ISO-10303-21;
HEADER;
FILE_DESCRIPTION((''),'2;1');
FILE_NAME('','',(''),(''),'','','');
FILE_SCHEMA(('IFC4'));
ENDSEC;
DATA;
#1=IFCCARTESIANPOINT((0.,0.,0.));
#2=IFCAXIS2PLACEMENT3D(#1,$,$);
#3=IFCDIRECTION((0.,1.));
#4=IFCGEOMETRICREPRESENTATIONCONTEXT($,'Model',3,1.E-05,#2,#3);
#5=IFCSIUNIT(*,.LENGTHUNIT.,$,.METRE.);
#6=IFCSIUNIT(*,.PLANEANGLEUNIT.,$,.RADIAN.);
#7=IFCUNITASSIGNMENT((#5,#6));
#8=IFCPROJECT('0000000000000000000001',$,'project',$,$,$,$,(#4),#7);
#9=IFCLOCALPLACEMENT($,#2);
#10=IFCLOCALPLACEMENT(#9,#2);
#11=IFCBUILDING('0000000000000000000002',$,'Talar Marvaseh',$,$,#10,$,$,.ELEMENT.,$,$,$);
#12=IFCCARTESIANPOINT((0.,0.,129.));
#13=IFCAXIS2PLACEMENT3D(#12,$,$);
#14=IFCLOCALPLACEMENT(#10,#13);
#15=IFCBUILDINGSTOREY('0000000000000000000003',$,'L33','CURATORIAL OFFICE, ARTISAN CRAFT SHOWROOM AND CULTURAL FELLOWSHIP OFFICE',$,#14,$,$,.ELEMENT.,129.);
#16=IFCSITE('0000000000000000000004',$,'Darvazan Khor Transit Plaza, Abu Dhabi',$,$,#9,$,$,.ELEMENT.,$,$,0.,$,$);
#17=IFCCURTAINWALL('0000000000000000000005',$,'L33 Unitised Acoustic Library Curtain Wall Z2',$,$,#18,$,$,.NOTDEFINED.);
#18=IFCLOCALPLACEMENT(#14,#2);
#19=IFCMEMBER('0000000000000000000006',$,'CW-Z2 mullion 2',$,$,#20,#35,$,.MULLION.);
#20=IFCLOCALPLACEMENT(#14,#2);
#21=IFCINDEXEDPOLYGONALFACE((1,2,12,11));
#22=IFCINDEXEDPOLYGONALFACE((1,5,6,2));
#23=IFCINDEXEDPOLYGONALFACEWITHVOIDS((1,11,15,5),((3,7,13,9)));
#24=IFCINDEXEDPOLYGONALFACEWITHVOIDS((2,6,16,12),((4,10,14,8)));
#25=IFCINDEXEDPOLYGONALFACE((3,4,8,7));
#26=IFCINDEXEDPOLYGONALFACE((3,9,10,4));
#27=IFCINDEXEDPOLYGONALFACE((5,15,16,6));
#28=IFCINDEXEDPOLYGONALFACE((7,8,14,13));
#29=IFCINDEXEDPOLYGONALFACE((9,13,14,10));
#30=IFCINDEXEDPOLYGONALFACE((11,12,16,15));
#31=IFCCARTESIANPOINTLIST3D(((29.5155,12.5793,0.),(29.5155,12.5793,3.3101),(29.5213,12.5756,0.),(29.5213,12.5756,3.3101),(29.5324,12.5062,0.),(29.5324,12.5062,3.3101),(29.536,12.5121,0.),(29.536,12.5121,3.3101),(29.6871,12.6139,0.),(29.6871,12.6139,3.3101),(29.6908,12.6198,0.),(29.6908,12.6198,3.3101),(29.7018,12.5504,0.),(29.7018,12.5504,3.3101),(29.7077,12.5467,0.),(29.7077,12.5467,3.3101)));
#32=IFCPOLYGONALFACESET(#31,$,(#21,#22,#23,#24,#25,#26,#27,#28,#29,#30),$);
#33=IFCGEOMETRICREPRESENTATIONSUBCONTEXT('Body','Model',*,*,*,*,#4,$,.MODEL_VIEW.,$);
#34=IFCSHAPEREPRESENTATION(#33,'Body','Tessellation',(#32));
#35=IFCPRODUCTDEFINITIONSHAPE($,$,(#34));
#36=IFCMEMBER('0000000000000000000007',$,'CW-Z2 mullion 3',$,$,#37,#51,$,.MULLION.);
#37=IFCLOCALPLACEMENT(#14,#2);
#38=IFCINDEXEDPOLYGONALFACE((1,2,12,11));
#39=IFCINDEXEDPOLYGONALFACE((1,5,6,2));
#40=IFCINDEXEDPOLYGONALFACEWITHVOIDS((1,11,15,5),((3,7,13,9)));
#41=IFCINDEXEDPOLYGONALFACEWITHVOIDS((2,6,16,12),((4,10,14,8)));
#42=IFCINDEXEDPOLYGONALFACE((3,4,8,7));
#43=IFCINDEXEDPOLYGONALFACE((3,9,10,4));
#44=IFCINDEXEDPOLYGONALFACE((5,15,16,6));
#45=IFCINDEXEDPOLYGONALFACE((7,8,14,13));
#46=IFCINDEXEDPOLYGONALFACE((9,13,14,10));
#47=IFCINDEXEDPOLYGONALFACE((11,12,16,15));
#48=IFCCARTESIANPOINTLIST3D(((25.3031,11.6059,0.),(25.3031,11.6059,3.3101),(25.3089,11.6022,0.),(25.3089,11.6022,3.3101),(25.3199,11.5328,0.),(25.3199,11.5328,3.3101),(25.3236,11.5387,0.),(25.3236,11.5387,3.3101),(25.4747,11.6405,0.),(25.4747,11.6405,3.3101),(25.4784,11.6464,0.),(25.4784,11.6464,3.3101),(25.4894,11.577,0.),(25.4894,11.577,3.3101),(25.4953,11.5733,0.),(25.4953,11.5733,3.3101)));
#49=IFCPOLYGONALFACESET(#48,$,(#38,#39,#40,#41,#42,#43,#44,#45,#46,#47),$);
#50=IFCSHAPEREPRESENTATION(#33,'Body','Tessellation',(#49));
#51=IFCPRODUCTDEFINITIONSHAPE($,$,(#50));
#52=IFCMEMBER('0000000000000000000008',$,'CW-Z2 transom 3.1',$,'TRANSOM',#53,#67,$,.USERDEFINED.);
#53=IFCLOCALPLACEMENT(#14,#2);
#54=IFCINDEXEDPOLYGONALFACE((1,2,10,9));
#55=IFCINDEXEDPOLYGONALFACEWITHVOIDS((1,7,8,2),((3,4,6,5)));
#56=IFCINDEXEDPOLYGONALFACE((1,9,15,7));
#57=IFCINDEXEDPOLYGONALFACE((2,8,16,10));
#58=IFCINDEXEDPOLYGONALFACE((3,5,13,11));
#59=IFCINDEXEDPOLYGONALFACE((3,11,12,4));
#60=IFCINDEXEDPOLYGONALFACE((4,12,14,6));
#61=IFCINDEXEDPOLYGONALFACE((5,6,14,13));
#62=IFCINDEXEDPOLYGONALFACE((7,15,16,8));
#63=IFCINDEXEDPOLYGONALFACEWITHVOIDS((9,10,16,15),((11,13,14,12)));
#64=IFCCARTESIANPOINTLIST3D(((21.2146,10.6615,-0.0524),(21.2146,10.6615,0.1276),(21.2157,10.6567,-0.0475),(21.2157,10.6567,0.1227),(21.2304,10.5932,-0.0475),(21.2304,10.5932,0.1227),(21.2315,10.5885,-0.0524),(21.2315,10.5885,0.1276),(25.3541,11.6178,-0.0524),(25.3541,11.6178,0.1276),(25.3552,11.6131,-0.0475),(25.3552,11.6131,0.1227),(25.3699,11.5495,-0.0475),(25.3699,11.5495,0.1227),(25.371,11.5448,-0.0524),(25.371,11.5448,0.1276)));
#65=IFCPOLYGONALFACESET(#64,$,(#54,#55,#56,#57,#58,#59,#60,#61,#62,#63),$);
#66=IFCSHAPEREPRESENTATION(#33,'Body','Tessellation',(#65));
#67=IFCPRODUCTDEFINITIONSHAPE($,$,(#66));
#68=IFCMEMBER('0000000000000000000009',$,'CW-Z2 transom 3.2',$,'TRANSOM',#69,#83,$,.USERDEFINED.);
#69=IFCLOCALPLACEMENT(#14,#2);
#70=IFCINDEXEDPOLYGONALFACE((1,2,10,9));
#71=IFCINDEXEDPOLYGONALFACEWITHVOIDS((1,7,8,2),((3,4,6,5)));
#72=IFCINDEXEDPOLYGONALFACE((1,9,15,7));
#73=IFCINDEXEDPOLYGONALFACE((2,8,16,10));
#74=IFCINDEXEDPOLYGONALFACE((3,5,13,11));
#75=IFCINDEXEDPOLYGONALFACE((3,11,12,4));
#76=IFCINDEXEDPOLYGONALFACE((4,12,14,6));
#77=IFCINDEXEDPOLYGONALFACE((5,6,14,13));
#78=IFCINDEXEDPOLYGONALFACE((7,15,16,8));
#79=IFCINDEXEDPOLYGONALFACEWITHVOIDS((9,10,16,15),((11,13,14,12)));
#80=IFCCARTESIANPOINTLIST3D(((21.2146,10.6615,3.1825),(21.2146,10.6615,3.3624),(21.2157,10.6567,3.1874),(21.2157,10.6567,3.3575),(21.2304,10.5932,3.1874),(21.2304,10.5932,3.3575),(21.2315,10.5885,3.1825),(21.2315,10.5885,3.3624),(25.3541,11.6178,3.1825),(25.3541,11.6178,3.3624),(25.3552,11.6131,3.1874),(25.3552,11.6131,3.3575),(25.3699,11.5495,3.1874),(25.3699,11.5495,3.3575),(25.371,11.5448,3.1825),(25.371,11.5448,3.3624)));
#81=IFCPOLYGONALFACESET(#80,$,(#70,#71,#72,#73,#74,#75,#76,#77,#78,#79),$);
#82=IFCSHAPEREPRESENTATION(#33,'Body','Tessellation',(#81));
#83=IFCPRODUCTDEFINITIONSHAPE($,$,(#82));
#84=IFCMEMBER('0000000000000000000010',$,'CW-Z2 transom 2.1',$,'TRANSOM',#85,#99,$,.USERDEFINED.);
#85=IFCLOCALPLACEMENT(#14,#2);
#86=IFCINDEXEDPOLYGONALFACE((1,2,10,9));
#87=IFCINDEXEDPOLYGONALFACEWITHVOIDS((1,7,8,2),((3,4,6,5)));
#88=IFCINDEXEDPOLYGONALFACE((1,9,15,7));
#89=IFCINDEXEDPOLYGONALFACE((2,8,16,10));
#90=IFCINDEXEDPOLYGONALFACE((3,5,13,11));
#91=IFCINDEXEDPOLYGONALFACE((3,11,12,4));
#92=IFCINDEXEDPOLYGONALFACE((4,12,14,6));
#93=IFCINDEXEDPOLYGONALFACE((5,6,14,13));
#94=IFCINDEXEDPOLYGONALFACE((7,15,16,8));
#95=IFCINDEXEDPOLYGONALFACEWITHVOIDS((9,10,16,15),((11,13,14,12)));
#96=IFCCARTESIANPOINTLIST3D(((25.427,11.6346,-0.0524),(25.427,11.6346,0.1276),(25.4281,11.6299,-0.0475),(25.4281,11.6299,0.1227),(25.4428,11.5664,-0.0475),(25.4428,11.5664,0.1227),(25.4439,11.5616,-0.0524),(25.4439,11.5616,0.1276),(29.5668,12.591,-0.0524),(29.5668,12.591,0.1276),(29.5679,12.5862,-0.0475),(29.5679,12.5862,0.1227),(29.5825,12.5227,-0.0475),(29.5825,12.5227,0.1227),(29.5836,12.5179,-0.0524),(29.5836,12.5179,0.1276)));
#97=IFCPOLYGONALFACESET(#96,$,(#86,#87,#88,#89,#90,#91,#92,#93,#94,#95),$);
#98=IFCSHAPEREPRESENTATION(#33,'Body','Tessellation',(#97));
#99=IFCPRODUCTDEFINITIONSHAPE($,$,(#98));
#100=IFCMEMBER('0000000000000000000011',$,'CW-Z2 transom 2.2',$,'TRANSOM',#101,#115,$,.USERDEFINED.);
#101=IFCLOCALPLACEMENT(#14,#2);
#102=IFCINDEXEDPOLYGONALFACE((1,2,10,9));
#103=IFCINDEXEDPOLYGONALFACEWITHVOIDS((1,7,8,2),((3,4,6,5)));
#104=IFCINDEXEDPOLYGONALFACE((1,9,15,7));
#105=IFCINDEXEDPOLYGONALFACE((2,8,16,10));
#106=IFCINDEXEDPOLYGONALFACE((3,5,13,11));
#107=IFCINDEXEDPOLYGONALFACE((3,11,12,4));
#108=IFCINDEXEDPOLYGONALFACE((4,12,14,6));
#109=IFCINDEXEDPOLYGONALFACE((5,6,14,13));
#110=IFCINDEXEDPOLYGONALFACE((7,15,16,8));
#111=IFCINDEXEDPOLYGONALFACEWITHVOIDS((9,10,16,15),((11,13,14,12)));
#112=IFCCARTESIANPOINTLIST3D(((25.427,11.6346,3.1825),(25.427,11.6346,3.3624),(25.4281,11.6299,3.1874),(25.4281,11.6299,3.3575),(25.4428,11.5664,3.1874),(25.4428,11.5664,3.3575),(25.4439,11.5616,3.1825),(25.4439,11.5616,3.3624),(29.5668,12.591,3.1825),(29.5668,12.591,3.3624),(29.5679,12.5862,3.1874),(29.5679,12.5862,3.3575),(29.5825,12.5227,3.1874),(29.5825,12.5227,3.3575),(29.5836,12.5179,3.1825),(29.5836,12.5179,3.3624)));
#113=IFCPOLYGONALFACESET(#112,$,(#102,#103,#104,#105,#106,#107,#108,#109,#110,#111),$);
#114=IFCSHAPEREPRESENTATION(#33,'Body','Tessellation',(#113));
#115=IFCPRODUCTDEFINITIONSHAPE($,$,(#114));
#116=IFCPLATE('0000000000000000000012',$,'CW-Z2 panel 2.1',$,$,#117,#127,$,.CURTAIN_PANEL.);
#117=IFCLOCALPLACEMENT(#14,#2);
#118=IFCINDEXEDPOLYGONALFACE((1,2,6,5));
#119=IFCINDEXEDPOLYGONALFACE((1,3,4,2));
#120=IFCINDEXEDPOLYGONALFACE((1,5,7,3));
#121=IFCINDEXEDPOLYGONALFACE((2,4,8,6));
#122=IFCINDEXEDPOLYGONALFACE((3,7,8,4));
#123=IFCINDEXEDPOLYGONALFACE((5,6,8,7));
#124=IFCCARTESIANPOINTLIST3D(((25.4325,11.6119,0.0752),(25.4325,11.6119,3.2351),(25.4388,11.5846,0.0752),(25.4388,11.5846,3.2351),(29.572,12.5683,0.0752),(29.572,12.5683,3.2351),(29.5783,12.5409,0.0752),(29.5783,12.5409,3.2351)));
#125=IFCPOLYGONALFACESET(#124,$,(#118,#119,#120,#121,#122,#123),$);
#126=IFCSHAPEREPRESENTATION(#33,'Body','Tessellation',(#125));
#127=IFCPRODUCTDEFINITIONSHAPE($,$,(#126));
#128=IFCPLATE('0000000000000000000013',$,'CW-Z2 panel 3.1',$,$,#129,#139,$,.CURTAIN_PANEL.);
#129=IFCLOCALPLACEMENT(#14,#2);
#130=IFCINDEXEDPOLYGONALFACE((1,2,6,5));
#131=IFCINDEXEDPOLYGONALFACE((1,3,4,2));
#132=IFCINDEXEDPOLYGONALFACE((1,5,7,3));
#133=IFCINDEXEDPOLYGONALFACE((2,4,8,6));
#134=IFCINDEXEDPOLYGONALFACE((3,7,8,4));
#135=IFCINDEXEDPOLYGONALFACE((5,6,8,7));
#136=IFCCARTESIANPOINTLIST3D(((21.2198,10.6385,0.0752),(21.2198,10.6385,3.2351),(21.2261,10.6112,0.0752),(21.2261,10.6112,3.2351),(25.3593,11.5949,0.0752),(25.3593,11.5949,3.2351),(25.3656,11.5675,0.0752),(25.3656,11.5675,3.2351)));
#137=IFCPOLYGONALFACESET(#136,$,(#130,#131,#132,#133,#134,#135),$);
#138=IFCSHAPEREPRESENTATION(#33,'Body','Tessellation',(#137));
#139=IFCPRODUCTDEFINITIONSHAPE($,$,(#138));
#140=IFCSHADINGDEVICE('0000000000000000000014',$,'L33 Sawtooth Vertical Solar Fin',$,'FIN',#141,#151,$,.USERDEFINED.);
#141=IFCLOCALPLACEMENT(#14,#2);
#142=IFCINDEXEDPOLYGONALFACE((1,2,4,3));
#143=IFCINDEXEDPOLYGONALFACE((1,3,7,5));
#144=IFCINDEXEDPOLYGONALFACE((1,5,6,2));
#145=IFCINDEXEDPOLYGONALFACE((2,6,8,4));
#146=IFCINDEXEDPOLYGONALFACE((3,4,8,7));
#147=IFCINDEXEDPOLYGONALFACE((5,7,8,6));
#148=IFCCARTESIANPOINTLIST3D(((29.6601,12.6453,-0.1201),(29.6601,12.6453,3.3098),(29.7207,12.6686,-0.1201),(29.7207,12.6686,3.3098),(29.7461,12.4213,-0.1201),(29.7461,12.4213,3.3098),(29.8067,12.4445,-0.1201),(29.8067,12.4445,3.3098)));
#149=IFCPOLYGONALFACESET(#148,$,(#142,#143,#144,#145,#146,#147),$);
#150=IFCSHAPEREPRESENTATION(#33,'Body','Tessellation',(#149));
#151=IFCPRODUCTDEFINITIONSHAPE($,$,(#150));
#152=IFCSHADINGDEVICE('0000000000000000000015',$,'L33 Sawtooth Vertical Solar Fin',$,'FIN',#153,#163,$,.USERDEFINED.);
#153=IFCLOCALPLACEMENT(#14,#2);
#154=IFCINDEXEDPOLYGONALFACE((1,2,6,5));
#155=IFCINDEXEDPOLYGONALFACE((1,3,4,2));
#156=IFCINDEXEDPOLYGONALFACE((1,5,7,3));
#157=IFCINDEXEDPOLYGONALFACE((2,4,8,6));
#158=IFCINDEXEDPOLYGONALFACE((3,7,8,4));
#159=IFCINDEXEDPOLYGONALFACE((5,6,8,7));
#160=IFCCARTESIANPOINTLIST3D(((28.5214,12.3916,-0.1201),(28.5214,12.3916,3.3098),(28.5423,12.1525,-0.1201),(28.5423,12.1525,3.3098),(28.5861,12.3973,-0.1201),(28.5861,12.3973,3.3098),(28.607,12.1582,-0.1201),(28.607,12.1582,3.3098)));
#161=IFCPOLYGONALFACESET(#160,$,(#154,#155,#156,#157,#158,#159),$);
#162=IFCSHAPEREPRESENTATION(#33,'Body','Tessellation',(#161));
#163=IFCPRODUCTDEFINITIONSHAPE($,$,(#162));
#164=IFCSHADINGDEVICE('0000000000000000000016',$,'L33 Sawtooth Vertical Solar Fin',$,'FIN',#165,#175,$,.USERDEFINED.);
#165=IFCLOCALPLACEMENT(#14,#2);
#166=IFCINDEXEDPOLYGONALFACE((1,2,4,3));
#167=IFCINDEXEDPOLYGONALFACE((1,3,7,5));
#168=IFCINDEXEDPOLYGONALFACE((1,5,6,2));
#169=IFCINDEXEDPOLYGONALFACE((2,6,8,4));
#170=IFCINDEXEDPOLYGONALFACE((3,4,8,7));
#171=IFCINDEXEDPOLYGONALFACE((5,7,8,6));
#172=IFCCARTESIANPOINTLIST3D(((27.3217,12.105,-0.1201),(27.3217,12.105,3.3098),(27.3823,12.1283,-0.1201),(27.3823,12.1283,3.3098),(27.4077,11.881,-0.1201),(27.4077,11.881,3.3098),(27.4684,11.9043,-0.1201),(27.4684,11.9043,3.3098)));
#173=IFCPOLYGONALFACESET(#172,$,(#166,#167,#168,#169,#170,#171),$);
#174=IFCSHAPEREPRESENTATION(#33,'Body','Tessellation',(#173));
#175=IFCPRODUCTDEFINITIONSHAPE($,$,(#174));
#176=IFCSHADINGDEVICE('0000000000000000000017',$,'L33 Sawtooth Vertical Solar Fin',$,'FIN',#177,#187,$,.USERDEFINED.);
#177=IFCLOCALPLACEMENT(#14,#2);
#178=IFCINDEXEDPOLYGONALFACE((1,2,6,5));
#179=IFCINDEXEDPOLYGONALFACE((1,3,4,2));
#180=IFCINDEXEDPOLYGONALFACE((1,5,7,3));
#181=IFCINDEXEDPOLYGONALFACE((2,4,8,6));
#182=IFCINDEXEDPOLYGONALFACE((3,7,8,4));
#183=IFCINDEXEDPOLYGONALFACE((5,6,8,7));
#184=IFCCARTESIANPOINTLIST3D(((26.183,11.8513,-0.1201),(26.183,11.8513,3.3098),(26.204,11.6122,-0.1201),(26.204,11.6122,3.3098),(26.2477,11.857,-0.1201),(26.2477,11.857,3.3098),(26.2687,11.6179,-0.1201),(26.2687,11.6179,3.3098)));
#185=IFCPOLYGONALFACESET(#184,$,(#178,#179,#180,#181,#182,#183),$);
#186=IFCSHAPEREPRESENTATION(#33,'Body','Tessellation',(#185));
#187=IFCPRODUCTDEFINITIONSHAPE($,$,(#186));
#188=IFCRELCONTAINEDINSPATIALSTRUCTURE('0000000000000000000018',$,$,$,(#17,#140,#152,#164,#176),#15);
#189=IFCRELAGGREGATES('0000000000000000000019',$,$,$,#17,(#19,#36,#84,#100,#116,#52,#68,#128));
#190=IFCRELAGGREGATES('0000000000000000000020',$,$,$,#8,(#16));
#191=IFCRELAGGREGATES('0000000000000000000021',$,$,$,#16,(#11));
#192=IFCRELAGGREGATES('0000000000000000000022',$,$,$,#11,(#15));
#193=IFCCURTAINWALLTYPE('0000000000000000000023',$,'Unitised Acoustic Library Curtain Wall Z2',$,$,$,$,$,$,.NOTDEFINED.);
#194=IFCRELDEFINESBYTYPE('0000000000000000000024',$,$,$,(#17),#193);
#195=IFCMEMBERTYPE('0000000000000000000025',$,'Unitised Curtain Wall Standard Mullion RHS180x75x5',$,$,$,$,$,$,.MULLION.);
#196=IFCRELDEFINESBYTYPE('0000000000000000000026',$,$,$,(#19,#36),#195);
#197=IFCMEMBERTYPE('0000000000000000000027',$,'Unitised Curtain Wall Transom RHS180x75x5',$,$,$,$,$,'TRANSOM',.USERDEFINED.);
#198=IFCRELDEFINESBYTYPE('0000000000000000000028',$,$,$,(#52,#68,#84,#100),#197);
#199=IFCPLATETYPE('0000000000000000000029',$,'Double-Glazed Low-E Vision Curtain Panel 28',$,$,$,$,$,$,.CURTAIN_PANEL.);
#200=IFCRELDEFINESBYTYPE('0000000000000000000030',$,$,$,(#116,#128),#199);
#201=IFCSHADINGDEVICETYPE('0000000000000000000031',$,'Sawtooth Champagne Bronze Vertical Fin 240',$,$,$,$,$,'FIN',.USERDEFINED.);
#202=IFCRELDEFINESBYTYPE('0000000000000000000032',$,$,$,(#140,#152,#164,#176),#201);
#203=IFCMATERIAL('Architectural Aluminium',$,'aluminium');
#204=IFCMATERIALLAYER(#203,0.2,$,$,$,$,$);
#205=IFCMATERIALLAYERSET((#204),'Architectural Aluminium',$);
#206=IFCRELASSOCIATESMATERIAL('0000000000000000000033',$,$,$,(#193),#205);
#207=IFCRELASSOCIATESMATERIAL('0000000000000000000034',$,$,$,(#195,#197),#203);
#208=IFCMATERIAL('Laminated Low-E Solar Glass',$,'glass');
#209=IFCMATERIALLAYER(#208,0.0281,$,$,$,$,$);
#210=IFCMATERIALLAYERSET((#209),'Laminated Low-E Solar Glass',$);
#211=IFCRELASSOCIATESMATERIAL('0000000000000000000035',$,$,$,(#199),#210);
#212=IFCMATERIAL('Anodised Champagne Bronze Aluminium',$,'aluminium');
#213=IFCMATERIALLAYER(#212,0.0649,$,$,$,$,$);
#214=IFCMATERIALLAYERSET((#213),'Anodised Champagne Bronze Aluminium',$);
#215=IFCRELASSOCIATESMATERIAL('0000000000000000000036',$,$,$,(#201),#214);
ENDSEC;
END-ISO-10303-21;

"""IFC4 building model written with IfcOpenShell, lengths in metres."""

from ifc_helpers import new_model, si_unit, direction, frame, origin, origin_2d, place, context, subcontext, project, spatial, rectangle, hollow_rectangle, extrude, source, transform, mapped, material, layer, layer_set, material_profile, profile_set, type_object, type_shapes, element, aggregate, save


model = new_model("IFC4")

# Units and contexts
model_context = context("Model", 3, precision=1e-05, world=origin(), true_north=direction((0.0, 1.0)))
body_context = subcontext(model_context, "Body", "Model", "MODEL_VIEW")
ifc_project = project(units=[si_unit("LENGTHUNIT", "METRE"), si_unit("PLANEANGLEUNIT", "RADIAN")], contexts=[model_context])

# Site, building, storey
site_placement = place(None, origin())
site = spatial("IfcSite", under=ifc_project, at=site_placement, Name="Darvazan Khor Transit Plaza, Abu Dhabi", CompositionType="ELEMENT", RefElevation=0.0)
building_placement = place(site_placement, origin())
building = spatial("IfcBuilding", under=site, at=building_placement, Name="Talar Marvaseh", CompositionType="ELEMENT")
storey_placement = place(building_placement, frame((0.0, 0.0, 129.0)))
storey = spatial("IfcBuildingStorey", under=building, at=storey_placement, Name="L33", Description="CURATORIAL OFFICE, ARTISAN CRAFT SHOWROOM AND CULTURAL FELLOWSHIP OFFICE", CompositionType="ELEMENT", Elevation=129.0)

# Curtain wall, members, plates
ifc_material_1 = material(Name="Architectural Aluminium", Category="aluminium")
ifc_layer_1 = layer(ifc_material_1, 0.2)
ifc_layer_set_1 = layer_set([ifc_layer_1], Name="Architectural Aluminium")
curtain_wall_type = type_object("IfcCurtainWallType", Name="Unitised Acoustic Library Curtain Wall Z2", PredefinedType="NOTDEFINED", material=ifc_layer_set_1)
curtain_wall_placement = place(storey_placement, origin())
curtain_wall = element("IfcCurtainWall", 1, at=curtain_wall_placement, inside=storey, type_object=curtain_wall_type, Name="L33 Unitised Acoustic Library Curtain Wall Z2", PredefinedType="NOTDEFINED")
ifc_material_profile_1 = material_profile(ifc_material_1, hollow_rectangle(XDim=0.075, YDim=0.1799, WallThickness=0.0049, at=origin_2d()), Name="RHS180x75x5")
ifc_profile_set_1 = profile_set([ifc_material_profile_1], Name="Architectural Aluminium")
member_type_1 = type_object("IfcMemberType", Name="Unitised Curtain Wall Standard Mullion RHS180x75x5", PredefinedType="MULLION", material=ifc_profile_set_1)
shared_shape_1 = source(origin(), body_context, "Body", "SweptSolid", [
    extrude(hollow_rectangle(XDim=0.075, YDim=0.1799, WallThickness=0.0049, at=origin_2d()), origin(), (0.0, 0.0, 1.0), 3.3101),
])
type_shapes(member_type_1, [shared_shape_1])
member_1_placement = place(storey_placement, frame((29.6116, 12.563, 0.0), z_axis=(0.0, 0.0, 1.0), x_axis=(0.225103, -0.974335, 0.0)))
member_1 = element("IfcMember", 2, at=member_1_placement, type_object=member_type_1, Name="CW-Z2 mullion 2", PredefinedType="MULLION", context=body_context, shape_type="MappedRepresentation", body=[
    mapped(shared_shape_1, transform((0.0, 0.0, 0.0), x_axis=(1.0, 0.0, 0.0), y_axis=(0.0, 1.0, 0.0), z_axis=(0.0, 0.0, 1.0), scale=1.0)),
])
member_2_placement = place(storey_placement, frame((25.3992, 11.5896, 0.0), z_axis=(0.0, 0.0, 1.0), x_axis=(0.225103, -0.974335, 0.0)))
member_2 = element("IfcMember", 3, at=member_2_placement, type_object=member_type_1, Name="CW-Z2 mullion 3", PredefinedType="MULLION", context=body_context, shape_type="MappedRepresentation", body=[
    mapped(shared_shape_1, transform((0.0, 0.0, 0.0), x_axis=(1.0, 0.0, 0.0), y_axis=(0.0, 1.0, 0.0), z_axis=(0.0, 0.0, 1.0), scale=1.0)),
])
ifc_material_profile_2 = material_profile(ifc_material_1, hollow_rectangle(XDim=0.075, YDim=0.1799, WallThickness=0.0049, at=origin_2d()), Name="RHS180x75x5")
ifc_profile_set_2 = profile_set([ifc_material_profile_2], Name="Architectural Aluminium")
member_type_2 = type_object("IfcMemberType", Name="Unitised Curtain Wall Transom RHS180x75x5", ElementType="TRANSOM", PredefinedType="USERDEFINED", material=ifc_profile_set_2)
shared_shape_2 = source(origin(), body_context, "Body", "SweptSolid", [
    extrude(hollow_rectangle(XDim=0.075, YDim=0.1799, WallThickness=0.0049, at=origin_2d()), origin(), (0.0, 0.0, 1.0), 4.2485),
])
member_3_placement = place(storey_placement, frame((25.3625, 11.5813, 0.0376), z_axis=(-0.974337, -0.225095, 0.0), x_axis=(0.225095, -0.974337, 0.0)))
member_3 = element("IfcMember", 4, at=member_3_placement, type_object=member_type_2, Name="CW-Z2 transom 3.1", ObjectType="TRANSOM", PredefinedType="USERDEFINED", context=body_context, shape_type="MappedRepresentation", body=[
    mapped(shared_shape_2, transform((0.0, 0.0, 0.0), x_axis=(1.0, 0.0, 0.0), y_axis=(0.0, 1.0, 0.0), z_axis=(0.0, 0.0, 1.0), scale=1.0)),
])
member_4_placement = place(storey_placement, frame((25.3625, 11.5813, 3.2725), z_axis=(-0.974337, -0.225095, 0.0), x_axis=(0.225095, -0.974337, 0.0)))
member_4 = element("IfcMember", 5, at=member_4_placement, type_object=member_type_2, Name="CW-Z2 transom 3.2", ObjectType="TRANSOM", PredefinedType="USERDEFINED", context=body_context, shape_type="MappedRepresentation", body=[
    mapped(shared_shape_2, transform((0.0, 0.0, 0.0), x_axis=(1.0, 0.0, 0.0), y_axis=(0.0, 1.0, 0.0), z_axis=(0.0, 0.0, 1.0), scale=1.0)),
])
shared_shape_3 = source(origin(), body_context, "Body", "SweptSolid", [
    extrude(hollow_rectangle(XDim=0.075, YDim=0.1799, WallThickness=0.0049, at=origin_2d()), origin(), (0.0, 0.0, 1.0), 4.2488),
])
type_shapes(member_type_2, [shared_shape_2, shared_shape_3])
member_5_placement = place(storey_placement, frame((29.5752, 12.5544, 0.0376), z_axis=(-0.97434, -0.225082, 0.0), x_axis=(0.225082, -0.97434, 0.0)))
member_5 = element("IfcMember", 6, at=member_5_placement, type_object=member_type_2, Name="CW-Z2 transom 2.1", ObjectType="TRANSOM", PredefinedType="USERDEFINED", context=body_context, shape_type="MappedRepresentation", body=[
    mapped(shared_shape_3, transform((0.0, 0.0, 0.0), x_axis=(1.0, 0.0, 0.0), y_axis=(0.0, 1.0, 0.0), z_axis=(0.0, 0.0, 1.0), scale=1.0)),
])
member_6_placement = place(storey_placement, frame((29.5752, 12.5544, 3.2725), z_axis=(-0.97434, -0.225082, 0.0), x_axis=(0.225082, -0.97434, 0.0)))
member_6 = element("IfcMember", 7, at=member_6_placement, type_object=member_type_2, Name="CW-Z2 transom 2.2", ObjectType="TRANSOM", PredefinedType="USERDEFINED", context=body_context, shape_type="MappedRepresentation", body=[
    mapped(shared_shape_3, transform((0.0, 0.0, 0.0), x_axis=(1.0, 0.0, 0.0), y_axis=(0.0, 1.0, 0.0), z_axis=(0.0, 0.0, 1.0), scale=1.0)),
])
ifc_material_2 = material(Name="Laminated Low-E Solar Glass", Category="glass")
ifc_layer_2 = layer(ifc_material_2, 0.0281)
ifc_layer_set_2 = layer_set([ifc_layer_2], Name="Laminated Low-E Solar Glass")
plate_type = type_object("IfcPlateType", Name="Double-Glazed Low-E Vision Curtain Panel 28", PredefinedType="CURTAIN_PANEL", material=ifc_layer_set_2)
shared_shape_4 = source(origin(), body_context, "Body", "SweptSolid", [
    extrude(rectangle(XDim=4.2485, YDim=0.0281, at=origin_2d()), origin(), (0.0, 0.0, 1.0), 3.1599),
])
type_shapes(plate_type, [shared_shape_4])
plate_1_placement = place(storey_placement, frame((27.5054, 12.0764, 0.0752), z_axis=(0.0, 0.0, 1.0), x_axis=(-0.974335, -0.225103, 0.0)))
plate_1 = element("IfcPlate", 8, at=plate_1_placement, type_object=plate_type, Name="CW-Z2 panel 2.1", PredefinedType="CURTAIN_PANEL", context=body_context, shape_type="MappedRepresentation", body=[
    mapped(shared_shape_4, transform((0.0, 0.0, 0.0), x_axis=(1.0, 0.0, 0.0), y_axis=(0.0, 1.0, 0.0), z_axis=(0.0, 0.0, 1.0), scale=1.0)),
])
plate_2_placement = place(storey_placement, frame((23.2927, 11.103, 0.0752), z_axis=(0.0, 0.0, 1.0), x_axis=(-0.974335, -0.225103, 0.0)))
plate_2 = element("IfcPlate", 9, at=plate_2_placement, type_object=plate_type, Name="CW-Z2 panel 3.1", PredefinedType="CURTAIN_PANEL", context=body_context, shape_type="MappedRepresentation", body=[
    mapped(shared_shape_4, transform((0.0, 0.0, 0.0), x_axis=(1.0, 0.0, 0.0), y_axis=(0.0, 1.0, 0.0), z_axis=(0.0, 0.0, 1.0), scale=1.0)),
])
aggregate(curtain_wall, [member_1, member_2, member_5, member_6, plate_1, member_3, member_4, plate_2])

# Shading devices
ifc_material_3 = material(Name="Anodised Champagne Bronze Aluminium", Category="aluminium")
ifc_layer_3 = layer(ifc_material_3, 0.0649)
ifc_layer_set_3 = layer_set([ifc_layer_3], Name="Anodised Champagne Bronze Aluminium")
shading_device_type = type_object("IfcShadingDeviceType", Name="Sawtooth Champagne Bronze Vertical Fin 240", ElementType="FIN", PredefinedType="USERDEFINED", material=ifc_layer_set_3)
shared_shape_5 = source(origin(), body_context, "Body", "SweptSolid", [
    extrude(rectangle(XDim=0.24, YDim=0.0649, at=origin_2d()), origin(), (0.0, 0.0, 1.0), 3.4299),
])
type_shapes(shading_device_type, [shared_shape_5])
for number, where, z_axis, x_axis, name in (
    (10, (29.7334, 12.5449, -0.1201), (0.0, 0.0, 1.0), (0.358531, -0.933518, 0.0), "L33 Sawtooth Vertical Solar Fin"),
    (11, (28.5642, 12.2749, -0.1201), (0.0, 0.0, 1.0), (0.08733, -0.996179, 0.0), "L33 Sawtooth Vertical Solar Fin"),
    (12, (27.395, 12.0046, -0.1201), (0.0, 0.0, 1.0), (0.358531, -0.933518, 0.0), "L33 Sawtooth Vertical Solar Fin"),
    (13, (26.2258, 11.7346, -0.1201), (0.0, 0.0, 1.0), (0.08733, -0.996179, 0.0), "L33 Sawtooth Vertical Solar Fin"),
):
    element("IfcShadingDevice", number, at=place(storey_placement, frame(where, z_axis=z_axis, x_axis=x_axis)), inside=storey, type_object=shading_device_type, Name=name, ObjectType="FIN", PredefinedType="USERDEFINED", context=body_context, shape_type="MappedRepresentation", body=[
        mapped(shared_shape_5, transform((0.0, 0.0, 0.0), x_axis=(1.0, 0.0, 0.0), y_axis=(0.0, 1.0, 0.0), z_axis=(0.0, 0.0, 1.0), scale=1.0)),
    ])

save(model, "model.ifc")
